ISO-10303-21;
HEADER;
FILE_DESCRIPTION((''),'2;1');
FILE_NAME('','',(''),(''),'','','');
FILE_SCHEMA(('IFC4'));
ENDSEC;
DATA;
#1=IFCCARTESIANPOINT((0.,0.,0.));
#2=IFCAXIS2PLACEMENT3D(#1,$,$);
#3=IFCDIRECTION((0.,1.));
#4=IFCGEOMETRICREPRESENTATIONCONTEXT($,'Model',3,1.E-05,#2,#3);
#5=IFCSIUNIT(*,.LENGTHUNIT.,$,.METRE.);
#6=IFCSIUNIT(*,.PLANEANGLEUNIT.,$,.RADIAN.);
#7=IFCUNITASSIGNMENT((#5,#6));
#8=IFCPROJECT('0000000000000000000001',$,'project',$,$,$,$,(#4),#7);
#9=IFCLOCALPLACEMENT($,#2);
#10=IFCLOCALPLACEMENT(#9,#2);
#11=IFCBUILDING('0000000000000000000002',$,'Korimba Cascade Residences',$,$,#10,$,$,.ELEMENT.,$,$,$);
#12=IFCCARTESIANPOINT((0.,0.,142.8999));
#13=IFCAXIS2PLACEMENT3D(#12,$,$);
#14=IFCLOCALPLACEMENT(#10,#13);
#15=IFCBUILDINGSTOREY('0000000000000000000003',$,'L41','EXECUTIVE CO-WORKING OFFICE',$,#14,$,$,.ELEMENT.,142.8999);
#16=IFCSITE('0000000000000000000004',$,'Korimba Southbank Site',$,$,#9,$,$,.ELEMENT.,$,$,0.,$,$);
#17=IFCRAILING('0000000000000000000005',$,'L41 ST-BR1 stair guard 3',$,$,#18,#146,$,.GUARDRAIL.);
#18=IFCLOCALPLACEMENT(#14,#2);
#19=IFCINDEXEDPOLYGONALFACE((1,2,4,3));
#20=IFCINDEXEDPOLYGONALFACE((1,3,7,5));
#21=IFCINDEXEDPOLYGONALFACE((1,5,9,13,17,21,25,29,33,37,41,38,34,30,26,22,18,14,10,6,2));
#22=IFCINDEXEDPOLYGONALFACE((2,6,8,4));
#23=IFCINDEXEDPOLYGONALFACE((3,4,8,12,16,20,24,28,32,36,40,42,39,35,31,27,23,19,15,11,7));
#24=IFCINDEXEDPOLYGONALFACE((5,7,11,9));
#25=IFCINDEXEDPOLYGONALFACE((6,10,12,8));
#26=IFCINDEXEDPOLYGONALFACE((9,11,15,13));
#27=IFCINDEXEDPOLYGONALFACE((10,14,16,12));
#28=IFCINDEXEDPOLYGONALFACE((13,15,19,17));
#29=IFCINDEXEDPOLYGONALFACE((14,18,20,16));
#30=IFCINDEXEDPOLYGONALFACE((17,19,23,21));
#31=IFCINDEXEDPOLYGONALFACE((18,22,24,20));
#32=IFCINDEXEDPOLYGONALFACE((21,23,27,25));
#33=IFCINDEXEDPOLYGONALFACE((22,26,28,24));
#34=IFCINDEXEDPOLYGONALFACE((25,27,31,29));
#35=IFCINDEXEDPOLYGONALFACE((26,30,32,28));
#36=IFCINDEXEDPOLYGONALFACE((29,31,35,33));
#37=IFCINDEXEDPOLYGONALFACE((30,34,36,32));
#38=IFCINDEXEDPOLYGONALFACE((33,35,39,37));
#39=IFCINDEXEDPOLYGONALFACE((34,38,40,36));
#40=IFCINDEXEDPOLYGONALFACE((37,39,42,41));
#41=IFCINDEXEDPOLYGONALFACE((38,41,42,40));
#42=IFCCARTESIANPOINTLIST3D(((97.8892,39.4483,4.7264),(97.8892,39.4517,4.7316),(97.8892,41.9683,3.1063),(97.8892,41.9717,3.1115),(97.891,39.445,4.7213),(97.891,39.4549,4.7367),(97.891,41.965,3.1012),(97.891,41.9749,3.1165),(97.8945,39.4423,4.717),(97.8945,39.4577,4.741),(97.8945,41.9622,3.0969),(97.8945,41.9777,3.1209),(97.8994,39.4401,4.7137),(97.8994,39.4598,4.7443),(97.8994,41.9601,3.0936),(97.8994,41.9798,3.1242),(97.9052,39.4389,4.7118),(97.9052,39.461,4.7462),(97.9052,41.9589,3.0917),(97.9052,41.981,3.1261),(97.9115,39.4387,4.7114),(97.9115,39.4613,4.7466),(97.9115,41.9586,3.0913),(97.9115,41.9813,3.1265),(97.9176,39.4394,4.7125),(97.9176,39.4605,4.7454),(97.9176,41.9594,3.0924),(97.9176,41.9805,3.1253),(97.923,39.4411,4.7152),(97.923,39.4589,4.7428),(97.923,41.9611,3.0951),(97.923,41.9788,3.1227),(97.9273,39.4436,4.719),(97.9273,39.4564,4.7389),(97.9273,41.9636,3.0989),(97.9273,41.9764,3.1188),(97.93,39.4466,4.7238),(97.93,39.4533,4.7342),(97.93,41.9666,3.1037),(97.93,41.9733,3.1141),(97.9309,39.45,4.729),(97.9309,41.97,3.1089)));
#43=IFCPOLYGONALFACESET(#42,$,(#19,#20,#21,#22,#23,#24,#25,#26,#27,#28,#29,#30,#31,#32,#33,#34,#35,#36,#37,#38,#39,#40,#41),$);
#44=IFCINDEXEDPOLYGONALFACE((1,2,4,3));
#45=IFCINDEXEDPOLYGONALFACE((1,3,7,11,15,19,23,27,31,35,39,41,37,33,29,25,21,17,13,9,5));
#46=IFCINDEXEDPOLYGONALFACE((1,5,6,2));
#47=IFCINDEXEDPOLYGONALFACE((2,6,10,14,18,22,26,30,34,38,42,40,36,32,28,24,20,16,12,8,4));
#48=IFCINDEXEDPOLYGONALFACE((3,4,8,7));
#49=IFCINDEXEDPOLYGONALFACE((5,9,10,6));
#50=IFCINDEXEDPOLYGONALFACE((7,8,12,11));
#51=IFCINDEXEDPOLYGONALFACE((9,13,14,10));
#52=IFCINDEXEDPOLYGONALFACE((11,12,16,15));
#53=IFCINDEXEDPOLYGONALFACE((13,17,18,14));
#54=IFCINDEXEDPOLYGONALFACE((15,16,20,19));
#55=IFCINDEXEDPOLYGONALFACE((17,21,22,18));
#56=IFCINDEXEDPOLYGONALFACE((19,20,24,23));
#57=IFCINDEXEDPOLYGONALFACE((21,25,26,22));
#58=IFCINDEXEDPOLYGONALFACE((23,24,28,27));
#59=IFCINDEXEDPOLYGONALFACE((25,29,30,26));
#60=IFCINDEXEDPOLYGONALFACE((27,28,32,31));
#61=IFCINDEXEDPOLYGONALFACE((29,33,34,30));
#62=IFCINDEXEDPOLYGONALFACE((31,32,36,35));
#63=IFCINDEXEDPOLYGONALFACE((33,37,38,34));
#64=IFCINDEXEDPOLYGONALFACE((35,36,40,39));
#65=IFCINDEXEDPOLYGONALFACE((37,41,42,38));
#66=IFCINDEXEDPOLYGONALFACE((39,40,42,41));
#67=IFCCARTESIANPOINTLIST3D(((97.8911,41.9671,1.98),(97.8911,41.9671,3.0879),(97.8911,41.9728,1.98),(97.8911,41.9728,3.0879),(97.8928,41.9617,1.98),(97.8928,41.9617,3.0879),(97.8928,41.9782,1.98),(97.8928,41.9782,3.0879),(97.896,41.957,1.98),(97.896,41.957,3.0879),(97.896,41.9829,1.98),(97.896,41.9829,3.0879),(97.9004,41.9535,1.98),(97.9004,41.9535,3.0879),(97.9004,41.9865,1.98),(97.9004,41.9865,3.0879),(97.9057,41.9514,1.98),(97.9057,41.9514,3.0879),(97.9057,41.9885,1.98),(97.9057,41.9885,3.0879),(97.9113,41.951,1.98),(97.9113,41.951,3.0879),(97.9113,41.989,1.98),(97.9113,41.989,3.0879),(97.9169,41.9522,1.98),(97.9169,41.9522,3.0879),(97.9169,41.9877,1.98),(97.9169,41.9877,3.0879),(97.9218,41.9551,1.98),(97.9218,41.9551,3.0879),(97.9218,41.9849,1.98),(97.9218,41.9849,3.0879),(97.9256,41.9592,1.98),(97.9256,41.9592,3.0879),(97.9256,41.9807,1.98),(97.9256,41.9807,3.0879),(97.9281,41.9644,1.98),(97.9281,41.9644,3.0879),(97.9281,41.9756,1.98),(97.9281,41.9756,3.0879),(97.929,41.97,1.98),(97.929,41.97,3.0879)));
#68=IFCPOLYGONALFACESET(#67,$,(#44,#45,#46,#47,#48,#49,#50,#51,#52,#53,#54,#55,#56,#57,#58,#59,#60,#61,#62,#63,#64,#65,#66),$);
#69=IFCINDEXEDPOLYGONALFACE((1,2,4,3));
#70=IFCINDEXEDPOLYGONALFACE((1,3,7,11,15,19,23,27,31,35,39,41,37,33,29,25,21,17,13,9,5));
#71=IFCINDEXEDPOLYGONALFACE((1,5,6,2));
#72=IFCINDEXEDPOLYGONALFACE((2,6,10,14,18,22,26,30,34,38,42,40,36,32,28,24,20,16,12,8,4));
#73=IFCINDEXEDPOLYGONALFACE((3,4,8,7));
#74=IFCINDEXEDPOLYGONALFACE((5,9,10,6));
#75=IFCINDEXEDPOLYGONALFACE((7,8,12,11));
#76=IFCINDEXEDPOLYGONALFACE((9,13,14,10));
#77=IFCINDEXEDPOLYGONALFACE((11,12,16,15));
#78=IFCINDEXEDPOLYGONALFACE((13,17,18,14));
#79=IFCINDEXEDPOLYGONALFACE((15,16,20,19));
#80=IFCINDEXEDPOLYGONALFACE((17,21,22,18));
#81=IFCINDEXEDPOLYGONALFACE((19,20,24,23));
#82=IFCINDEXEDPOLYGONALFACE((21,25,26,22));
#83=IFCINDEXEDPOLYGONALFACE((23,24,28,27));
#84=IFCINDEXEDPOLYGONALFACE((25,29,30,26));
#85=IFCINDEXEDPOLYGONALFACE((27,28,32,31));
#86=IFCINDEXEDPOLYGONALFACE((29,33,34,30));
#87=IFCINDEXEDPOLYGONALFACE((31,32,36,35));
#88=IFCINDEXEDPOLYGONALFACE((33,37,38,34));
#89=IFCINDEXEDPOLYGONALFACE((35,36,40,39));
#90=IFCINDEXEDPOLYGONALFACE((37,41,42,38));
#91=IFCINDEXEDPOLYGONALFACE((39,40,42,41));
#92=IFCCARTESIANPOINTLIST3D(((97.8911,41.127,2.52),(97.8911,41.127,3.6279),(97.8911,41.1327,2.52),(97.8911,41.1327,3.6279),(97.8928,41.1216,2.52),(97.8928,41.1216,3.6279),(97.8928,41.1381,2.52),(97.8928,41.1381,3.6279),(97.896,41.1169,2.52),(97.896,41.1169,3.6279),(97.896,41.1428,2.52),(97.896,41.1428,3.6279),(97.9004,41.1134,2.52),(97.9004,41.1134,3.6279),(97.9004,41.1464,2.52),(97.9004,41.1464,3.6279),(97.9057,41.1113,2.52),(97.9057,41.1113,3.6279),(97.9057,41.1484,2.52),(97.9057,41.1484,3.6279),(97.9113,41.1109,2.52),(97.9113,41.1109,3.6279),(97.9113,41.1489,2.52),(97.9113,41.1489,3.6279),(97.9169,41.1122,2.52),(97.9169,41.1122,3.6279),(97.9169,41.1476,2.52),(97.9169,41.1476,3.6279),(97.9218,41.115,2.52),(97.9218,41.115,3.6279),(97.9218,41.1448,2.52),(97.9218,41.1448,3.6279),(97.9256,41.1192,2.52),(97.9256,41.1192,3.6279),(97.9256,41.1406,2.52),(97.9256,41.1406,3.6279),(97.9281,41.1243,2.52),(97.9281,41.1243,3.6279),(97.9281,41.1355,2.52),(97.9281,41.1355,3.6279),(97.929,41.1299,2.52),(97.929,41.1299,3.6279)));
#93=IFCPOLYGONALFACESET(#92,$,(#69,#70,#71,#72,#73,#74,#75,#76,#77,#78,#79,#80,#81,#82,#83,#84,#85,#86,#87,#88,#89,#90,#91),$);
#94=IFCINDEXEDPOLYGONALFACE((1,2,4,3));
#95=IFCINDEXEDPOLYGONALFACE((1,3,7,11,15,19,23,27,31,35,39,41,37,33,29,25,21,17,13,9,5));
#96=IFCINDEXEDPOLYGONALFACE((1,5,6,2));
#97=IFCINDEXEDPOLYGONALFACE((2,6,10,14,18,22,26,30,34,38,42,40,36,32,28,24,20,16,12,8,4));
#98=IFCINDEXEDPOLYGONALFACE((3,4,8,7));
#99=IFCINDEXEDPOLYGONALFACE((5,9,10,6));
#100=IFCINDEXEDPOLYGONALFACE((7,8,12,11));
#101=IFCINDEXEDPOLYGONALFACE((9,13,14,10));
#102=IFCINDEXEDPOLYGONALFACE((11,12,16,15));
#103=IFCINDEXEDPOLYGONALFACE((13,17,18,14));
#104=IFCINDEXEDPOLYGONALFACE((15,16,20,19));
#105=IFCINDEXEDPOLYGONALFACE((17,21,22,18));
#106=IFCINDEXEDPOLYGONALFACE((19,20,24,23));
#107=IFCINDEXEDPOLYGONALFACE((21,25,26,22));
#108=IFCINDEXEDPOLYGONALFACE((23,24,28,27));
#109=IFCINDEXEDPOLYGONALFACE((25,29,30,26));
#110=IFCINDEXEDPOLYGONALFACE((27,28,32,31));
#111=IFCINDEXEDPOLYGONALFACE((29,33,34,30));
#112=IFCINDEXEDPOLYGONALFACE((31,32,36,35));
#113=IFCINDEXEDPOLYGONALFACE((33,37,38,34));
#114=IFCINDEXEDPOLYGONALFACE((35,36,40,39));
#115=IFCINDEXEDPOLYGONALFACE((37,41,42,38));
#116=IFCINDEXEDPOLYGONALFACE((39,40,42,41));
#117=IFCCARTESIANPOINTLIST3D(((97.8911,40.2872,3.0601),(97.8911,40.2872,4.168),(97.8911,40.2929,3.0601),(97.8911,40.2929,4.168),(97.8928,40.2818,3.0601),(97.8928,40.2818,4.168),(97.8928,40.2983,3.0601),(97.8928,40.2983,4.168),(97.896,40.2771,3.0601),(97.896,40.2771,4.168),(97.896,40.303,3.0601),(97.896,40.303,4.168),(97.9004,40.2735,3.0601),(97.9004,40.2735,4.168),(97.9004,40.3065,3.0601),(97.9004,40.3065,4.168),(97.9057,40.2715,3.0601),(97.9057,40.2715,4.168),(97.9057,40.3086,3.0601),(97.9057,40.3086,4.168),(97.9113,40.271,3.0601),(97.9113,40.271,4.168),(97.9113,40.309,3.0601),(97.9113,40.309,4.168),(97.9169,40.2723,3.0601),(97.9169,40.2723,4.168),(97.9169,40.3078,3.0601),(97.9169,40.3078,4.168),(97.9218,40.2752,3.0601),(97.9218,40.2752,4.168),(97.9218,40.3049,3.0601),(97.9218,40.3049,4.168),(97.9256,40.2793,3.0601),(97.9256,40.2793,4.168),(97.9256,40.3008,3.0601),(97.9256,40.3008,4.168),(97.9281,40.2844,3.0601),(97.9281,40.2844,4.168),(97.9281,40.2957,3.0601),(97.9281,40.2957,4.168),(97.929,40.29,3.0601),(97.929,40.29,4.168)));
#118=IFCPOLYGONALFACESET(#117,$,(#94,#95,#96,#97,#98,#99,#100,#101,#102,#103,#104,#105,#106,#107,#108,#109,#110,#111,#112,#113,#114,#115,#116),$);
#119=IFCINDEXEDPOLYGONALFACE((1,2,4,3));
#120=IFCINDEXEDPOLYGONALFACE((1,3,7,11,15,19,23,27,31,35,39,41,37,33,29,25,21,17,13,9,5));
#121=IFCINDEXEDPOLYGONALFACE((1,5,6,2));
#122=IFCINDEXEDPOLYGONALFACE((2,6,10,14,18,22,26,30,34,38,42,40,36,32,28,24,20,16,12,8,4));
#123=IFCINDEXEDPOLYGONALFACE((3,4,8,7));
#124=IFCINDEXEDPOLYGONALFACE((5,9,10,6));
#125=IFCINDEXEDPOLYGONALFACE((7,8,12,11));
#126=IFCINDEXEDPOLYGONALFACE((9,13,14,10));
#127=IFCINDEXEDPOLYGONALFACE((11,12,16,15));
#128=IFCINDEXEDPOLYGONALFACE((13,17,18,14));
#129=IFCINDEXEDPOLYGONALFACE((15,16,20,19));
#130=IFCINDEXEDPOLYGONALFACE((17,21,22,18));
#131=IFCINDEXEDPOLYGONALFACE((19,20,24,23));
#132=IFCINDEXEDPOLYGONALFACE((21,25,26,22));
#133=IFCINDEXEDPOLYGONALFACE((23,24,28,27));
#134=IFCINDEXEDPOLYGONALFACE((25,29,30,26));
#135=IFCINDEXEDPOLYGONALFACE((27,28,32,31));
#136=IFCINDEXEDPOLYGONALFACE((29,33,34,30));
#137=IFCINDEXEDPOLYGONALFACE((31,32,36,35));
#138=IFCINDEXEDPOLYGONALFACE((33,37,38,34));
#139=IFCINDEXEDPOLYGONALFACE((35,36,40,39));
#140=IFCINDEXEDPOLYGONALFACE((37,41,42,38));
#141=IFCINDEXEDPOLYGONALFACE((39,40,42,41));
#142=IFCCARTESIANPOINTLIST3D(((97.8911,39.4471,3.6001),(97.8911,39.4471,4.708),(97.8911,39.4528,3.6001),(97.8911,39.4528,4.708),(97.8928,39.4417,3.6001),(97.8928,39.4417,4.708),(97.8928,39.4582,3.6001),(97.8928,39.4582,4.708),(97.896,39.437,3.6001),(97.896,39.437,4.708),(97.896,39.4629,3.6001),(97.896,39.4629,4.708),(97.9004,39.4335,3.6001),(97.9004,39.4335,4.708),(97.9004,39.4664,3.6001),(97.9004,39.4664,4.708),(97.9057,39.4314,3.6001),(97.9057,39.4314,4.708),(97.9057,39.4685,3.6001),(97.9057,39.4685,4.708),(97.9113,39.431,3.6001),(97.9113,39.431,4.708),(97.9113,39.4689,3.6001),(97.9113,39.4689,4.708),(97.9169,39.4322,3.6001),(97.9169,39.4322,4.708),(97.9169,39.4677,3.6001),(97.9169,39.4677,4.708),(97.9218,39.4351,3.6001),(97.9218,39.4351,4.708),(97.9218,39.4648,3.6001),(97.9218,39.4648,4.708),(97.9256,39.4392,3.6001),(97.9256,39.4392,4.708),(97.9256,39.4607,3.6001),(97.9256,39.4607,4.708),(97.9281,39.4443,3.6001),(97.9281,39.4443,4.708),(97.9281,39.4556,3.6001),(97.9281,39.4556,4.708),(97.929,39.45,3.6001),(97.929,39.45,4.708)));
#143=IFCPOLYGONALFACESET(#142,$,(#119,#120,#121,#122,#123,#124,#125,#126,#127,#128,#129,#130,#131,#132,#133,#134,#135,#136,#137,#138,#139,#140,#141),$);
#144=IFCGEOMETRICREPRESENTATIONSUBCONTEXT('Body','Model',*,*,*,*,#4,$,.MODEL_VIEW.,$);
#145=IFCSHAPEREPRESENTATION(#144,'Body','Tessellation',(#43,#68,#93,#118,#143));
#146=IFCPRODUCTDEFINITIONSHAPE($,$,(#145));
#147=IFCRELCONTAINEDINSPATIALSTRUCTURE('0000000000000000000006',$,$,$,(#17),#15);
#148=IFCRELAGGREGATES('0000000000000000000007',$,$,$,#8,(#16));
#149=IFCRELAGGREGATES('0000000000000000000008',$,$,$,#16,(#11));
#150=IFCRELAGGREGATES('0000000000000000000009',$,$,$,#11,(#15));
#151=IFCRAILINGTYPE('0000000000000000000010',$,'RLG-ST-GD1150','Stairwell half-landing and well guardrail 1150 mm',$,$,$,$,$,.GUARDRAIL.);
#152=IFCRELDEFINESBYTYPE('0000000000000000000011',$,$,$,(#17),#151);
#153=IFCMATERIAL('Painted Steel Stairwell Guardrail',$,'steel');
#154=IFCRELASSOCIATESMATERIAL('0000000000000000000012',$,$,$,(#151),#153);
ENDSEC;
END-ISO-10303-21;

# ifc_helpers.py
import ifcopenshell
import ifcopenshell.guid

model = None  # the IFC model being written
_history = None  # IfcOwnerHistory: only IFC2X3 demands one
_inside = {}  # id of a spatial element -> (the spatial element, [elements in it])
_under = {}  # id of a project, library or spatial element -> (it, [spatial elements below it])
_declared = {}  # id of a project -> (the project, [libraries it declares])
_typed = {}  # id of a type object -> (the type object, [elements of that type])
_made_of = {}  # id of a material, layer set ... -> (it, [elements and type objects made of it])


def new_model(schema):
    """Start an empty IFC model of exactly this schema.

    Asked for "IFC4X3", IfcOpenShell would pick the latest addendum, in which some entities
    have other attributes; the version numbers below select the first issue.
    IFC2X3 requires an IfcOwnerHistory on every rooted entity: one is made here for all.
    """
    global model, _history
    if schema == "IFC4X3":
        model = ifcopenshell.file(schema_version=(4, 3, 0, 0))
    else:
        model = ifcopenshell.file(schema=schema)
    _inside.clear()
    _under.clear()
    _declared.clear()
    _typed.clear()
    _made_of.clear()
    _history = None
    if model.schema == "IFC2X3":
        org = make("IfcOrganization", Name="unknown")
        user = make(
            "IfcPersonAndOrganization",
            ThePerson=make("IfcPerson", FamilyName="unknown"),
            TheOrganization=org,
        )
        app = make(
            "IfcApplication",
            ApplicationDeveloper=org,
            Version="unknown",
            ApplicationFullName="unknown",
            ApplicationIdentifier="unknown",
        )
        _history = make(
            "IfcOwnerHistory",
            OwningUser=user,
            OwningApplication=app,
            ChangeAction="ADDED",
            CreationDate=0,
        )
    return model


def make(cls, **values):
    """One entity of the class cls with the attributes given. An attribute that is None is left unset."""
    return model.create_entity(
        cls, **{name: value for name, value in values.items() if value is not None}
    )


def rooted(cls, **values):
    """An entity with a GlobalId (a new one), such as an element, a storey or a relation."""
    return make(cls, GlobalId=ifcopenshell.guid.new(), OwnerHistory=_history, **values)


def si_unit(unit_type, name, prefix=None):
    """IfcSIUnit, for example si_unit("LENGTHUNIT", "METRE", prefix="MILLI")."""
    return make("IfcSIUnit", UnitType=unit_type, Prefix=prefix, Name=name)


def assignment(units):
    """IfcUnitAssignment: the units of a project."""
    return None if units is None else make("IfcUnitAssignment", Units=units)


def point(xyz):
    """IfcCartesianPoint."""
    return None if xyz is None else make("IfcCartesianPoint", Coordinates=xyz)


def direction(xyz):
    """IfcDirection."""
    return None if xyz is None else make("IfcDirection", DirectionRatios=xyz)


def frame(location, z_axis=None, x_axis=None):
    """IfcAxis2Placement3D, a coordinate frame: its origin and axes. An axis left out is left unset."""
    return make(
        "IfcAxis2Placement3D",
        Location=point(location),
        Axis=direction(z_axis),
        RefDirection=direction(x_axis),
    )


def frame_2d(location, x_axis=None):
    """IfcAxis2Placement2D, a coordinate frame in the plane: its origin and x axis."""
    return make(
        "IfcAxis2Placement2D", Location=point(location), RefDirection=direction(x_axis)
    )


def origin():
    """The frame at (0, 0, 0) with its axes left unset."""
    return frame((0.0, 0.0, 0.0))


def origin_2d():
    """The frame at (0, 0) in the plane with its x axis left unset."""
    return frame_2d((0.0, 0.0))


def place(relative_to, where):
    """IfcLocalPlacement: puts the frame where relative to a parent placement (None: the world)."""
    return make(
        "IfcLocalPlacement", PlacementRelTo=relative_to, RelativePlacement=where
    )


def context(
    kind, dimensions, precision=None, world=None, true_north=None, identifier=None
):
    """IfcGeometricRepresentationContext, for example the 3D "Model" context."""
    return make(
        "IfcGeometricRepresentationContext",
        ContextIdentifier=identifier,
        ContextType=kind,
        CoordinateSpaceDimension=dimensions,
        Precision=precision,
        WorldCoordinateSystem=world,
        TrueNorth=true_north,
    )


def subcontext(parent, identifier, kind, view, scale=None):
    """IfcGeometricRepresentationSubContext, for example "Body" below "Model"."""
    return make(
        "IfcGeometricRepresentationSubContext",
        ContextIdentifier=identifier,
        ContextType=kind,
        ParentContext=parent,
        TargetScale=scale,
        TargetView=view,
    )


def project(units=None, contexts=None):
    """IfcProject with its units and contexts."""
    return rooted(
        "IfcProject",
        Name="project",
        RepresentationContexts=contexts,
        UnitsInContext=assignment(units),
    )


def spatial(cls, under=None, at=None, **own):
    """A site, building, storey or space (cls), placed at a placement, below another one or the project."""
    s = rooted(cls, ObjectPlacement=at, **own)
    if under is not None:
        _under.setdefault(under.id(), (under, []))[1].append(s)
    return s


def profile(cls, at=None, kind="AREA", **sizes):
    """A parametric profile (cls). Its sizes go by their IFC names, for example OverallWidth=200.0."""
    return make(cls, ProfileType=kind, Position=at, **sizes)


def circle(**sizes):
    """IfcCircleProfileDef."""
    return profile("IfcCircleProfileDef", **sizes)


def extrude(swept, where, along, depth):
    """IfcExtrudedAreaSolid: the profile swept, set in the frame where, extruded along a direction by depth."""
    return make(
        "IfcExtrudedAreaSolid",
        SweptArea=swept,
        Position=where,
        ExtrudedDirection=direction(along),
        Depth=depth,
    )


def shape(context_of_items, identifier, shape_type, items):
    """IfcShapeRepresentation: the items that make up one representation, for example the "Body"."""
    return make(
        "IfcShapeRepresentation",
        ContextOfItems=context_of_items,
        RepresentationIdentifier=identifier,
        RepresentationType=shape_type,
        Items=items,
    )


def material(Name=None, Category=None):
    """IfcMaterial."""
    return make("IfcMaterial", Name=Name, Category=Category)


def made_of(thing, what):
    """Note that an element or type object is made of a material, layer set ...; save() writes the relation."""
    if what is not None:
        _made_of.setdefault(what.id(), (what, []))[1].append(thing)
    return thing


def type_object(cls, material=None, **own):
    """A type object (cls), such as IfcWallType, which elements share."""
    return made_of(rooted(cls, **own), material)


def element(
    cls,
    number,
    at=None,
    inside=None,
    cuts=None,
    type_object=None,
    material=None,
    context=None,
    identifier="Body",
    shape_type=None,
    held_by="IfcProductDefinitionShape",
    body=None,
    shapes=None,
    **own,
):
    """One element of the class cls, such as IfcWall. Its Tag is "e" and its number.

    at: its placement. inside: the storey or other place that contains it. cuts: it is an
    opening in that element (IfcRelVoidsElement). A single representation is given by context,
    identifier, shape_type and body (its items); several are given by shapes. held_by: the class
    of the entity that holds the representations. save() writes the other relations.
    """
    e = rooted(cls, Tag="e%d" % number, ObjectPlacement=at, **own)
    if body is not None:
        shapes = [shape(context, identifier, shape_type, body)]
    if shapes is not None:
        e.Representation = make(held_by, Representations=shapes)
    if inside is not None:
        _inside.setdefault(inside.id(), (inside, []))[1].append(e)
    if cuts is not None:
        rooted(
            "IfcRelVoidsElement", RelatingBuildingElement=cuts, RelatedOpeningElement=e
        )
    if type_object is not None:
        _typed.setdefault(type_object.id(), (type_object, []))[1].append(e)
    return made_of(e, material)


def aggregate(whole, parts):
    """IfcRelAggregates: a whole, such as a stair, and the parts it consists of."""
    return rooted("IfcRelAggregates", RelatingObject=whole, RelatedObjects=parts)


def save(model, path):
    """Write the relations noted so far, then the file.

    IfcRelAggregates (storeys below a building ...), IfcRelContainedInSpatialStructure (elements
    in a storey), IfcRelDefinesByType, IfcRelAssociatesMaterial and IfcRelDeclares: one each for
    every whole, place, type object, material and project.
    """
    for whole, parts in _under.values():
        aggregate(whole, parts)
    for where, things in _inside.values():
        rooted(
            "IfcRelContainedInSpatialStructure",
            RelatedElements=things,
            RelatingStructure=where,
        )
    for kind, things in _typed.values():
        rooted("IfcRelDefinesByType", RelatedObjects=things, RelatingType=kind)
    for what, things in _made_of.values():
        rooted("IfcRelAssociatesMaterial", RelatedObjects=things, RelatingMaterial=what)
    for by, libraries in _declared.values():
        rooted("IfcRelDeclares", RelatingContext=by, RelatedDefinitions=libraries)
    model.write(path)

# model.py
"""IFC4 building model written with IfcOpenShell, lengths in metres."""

from ifc_helpers import new_model, si_unit, direction, frame, origin, origin_2d, place, context, subcontext, project, spatial, circle, extrude, material, type_object, element, save


model = new_model("IFC4")

# Units and contexts
model_context = context("Model", 3, precision=1e-05, world=origin(), true_north=direction((0.0, 1.0)))
body_context = subcontext(model_context, "Body", "Model", "MODEL_VIEW")
ifc_project = project(units=[si_unit("LENGTHUNIT", "METRE"), si_unit("PLANEANGLEUNIT", "RADIAN")], contexts=[model_context])

# Site, building, storey
site_placement = place(None, origin())
site = spatial("IfcSite", under=ifc_project, at=site_placement, Name="Korimba Southbank Site", CompositionType="ELEMENT", RefElevation=0.0)
building_placement = place(site_placement, origin())
building = spatial("IfcBuilding", under=site, at=building_placement, Name="Korimba Cascade Residences", CompositionType="ELEMENT")
storey_placement = place(building_placement, frame((0.0, 0.0, 142.8999)))
storey = spatial("IfcBuildingStorey", under=building, at=storey_placement, Name="L41", Description="EXECUTIVE CO-WORKING OFFICE", CompositionType="ELEMENT", Elevation=142.8999)

# Railing
ifc_material_1 = material(Name="Painted Steel Stairwell Guardrail", Category="steel")
railing_type_1 = type_object("IfcRailingType", Name="RLG-ST-GD1150", Description="Stairwell half-landing and well guardrail 1150 mm", PredefinedType="GUARDRAIL", material=ifc_material_1)
railing_1_placement = place(storey_placement, frame((97.9099, 41.97, 1.98)))
element("IfcRailing", 1, at=railing_1_placement, inside=storey, type_object=railing_type_1, Name="L41 ST-BR1 stair guard 3", PredefinedType="GUARDRAIL", context=body_context, shape_type="SweptSolid", body=[
    extrude(circle(Radius=0.021, at=origin_2d()), frame((0.0, 0.0, 1.1289), z_axis=(0.0, -0.841163, 0.540782), x_axis=(1.0, 0.0, 0.0)), (0.0, 0.0, 1.0), 2.9958),
    extrude(circle(Radius=0.019, at=origin_2d()), origin(), (0.0, 0.0, 1.0), 1.1079),
    extrude(circle(Radius=0.019, at=origin_2d()), frame((0.0, -0.8401, 0.54)), (0.0, 0.0, 1.0), 1.1079),
    extrude(circle(Radius=0.019, at=origin_2d()), frame((0.0, -1.6799, 1.0801)), (0.0, 0.0, 1.0), 1.1079),
    extrude(circle(Radius=0.019, at=origin_2d()), frame((0.0, -2.52, 1.6201)), (0.0, 0.0, 1.0), 1.1079),
])

save(model, "model.ifc")
